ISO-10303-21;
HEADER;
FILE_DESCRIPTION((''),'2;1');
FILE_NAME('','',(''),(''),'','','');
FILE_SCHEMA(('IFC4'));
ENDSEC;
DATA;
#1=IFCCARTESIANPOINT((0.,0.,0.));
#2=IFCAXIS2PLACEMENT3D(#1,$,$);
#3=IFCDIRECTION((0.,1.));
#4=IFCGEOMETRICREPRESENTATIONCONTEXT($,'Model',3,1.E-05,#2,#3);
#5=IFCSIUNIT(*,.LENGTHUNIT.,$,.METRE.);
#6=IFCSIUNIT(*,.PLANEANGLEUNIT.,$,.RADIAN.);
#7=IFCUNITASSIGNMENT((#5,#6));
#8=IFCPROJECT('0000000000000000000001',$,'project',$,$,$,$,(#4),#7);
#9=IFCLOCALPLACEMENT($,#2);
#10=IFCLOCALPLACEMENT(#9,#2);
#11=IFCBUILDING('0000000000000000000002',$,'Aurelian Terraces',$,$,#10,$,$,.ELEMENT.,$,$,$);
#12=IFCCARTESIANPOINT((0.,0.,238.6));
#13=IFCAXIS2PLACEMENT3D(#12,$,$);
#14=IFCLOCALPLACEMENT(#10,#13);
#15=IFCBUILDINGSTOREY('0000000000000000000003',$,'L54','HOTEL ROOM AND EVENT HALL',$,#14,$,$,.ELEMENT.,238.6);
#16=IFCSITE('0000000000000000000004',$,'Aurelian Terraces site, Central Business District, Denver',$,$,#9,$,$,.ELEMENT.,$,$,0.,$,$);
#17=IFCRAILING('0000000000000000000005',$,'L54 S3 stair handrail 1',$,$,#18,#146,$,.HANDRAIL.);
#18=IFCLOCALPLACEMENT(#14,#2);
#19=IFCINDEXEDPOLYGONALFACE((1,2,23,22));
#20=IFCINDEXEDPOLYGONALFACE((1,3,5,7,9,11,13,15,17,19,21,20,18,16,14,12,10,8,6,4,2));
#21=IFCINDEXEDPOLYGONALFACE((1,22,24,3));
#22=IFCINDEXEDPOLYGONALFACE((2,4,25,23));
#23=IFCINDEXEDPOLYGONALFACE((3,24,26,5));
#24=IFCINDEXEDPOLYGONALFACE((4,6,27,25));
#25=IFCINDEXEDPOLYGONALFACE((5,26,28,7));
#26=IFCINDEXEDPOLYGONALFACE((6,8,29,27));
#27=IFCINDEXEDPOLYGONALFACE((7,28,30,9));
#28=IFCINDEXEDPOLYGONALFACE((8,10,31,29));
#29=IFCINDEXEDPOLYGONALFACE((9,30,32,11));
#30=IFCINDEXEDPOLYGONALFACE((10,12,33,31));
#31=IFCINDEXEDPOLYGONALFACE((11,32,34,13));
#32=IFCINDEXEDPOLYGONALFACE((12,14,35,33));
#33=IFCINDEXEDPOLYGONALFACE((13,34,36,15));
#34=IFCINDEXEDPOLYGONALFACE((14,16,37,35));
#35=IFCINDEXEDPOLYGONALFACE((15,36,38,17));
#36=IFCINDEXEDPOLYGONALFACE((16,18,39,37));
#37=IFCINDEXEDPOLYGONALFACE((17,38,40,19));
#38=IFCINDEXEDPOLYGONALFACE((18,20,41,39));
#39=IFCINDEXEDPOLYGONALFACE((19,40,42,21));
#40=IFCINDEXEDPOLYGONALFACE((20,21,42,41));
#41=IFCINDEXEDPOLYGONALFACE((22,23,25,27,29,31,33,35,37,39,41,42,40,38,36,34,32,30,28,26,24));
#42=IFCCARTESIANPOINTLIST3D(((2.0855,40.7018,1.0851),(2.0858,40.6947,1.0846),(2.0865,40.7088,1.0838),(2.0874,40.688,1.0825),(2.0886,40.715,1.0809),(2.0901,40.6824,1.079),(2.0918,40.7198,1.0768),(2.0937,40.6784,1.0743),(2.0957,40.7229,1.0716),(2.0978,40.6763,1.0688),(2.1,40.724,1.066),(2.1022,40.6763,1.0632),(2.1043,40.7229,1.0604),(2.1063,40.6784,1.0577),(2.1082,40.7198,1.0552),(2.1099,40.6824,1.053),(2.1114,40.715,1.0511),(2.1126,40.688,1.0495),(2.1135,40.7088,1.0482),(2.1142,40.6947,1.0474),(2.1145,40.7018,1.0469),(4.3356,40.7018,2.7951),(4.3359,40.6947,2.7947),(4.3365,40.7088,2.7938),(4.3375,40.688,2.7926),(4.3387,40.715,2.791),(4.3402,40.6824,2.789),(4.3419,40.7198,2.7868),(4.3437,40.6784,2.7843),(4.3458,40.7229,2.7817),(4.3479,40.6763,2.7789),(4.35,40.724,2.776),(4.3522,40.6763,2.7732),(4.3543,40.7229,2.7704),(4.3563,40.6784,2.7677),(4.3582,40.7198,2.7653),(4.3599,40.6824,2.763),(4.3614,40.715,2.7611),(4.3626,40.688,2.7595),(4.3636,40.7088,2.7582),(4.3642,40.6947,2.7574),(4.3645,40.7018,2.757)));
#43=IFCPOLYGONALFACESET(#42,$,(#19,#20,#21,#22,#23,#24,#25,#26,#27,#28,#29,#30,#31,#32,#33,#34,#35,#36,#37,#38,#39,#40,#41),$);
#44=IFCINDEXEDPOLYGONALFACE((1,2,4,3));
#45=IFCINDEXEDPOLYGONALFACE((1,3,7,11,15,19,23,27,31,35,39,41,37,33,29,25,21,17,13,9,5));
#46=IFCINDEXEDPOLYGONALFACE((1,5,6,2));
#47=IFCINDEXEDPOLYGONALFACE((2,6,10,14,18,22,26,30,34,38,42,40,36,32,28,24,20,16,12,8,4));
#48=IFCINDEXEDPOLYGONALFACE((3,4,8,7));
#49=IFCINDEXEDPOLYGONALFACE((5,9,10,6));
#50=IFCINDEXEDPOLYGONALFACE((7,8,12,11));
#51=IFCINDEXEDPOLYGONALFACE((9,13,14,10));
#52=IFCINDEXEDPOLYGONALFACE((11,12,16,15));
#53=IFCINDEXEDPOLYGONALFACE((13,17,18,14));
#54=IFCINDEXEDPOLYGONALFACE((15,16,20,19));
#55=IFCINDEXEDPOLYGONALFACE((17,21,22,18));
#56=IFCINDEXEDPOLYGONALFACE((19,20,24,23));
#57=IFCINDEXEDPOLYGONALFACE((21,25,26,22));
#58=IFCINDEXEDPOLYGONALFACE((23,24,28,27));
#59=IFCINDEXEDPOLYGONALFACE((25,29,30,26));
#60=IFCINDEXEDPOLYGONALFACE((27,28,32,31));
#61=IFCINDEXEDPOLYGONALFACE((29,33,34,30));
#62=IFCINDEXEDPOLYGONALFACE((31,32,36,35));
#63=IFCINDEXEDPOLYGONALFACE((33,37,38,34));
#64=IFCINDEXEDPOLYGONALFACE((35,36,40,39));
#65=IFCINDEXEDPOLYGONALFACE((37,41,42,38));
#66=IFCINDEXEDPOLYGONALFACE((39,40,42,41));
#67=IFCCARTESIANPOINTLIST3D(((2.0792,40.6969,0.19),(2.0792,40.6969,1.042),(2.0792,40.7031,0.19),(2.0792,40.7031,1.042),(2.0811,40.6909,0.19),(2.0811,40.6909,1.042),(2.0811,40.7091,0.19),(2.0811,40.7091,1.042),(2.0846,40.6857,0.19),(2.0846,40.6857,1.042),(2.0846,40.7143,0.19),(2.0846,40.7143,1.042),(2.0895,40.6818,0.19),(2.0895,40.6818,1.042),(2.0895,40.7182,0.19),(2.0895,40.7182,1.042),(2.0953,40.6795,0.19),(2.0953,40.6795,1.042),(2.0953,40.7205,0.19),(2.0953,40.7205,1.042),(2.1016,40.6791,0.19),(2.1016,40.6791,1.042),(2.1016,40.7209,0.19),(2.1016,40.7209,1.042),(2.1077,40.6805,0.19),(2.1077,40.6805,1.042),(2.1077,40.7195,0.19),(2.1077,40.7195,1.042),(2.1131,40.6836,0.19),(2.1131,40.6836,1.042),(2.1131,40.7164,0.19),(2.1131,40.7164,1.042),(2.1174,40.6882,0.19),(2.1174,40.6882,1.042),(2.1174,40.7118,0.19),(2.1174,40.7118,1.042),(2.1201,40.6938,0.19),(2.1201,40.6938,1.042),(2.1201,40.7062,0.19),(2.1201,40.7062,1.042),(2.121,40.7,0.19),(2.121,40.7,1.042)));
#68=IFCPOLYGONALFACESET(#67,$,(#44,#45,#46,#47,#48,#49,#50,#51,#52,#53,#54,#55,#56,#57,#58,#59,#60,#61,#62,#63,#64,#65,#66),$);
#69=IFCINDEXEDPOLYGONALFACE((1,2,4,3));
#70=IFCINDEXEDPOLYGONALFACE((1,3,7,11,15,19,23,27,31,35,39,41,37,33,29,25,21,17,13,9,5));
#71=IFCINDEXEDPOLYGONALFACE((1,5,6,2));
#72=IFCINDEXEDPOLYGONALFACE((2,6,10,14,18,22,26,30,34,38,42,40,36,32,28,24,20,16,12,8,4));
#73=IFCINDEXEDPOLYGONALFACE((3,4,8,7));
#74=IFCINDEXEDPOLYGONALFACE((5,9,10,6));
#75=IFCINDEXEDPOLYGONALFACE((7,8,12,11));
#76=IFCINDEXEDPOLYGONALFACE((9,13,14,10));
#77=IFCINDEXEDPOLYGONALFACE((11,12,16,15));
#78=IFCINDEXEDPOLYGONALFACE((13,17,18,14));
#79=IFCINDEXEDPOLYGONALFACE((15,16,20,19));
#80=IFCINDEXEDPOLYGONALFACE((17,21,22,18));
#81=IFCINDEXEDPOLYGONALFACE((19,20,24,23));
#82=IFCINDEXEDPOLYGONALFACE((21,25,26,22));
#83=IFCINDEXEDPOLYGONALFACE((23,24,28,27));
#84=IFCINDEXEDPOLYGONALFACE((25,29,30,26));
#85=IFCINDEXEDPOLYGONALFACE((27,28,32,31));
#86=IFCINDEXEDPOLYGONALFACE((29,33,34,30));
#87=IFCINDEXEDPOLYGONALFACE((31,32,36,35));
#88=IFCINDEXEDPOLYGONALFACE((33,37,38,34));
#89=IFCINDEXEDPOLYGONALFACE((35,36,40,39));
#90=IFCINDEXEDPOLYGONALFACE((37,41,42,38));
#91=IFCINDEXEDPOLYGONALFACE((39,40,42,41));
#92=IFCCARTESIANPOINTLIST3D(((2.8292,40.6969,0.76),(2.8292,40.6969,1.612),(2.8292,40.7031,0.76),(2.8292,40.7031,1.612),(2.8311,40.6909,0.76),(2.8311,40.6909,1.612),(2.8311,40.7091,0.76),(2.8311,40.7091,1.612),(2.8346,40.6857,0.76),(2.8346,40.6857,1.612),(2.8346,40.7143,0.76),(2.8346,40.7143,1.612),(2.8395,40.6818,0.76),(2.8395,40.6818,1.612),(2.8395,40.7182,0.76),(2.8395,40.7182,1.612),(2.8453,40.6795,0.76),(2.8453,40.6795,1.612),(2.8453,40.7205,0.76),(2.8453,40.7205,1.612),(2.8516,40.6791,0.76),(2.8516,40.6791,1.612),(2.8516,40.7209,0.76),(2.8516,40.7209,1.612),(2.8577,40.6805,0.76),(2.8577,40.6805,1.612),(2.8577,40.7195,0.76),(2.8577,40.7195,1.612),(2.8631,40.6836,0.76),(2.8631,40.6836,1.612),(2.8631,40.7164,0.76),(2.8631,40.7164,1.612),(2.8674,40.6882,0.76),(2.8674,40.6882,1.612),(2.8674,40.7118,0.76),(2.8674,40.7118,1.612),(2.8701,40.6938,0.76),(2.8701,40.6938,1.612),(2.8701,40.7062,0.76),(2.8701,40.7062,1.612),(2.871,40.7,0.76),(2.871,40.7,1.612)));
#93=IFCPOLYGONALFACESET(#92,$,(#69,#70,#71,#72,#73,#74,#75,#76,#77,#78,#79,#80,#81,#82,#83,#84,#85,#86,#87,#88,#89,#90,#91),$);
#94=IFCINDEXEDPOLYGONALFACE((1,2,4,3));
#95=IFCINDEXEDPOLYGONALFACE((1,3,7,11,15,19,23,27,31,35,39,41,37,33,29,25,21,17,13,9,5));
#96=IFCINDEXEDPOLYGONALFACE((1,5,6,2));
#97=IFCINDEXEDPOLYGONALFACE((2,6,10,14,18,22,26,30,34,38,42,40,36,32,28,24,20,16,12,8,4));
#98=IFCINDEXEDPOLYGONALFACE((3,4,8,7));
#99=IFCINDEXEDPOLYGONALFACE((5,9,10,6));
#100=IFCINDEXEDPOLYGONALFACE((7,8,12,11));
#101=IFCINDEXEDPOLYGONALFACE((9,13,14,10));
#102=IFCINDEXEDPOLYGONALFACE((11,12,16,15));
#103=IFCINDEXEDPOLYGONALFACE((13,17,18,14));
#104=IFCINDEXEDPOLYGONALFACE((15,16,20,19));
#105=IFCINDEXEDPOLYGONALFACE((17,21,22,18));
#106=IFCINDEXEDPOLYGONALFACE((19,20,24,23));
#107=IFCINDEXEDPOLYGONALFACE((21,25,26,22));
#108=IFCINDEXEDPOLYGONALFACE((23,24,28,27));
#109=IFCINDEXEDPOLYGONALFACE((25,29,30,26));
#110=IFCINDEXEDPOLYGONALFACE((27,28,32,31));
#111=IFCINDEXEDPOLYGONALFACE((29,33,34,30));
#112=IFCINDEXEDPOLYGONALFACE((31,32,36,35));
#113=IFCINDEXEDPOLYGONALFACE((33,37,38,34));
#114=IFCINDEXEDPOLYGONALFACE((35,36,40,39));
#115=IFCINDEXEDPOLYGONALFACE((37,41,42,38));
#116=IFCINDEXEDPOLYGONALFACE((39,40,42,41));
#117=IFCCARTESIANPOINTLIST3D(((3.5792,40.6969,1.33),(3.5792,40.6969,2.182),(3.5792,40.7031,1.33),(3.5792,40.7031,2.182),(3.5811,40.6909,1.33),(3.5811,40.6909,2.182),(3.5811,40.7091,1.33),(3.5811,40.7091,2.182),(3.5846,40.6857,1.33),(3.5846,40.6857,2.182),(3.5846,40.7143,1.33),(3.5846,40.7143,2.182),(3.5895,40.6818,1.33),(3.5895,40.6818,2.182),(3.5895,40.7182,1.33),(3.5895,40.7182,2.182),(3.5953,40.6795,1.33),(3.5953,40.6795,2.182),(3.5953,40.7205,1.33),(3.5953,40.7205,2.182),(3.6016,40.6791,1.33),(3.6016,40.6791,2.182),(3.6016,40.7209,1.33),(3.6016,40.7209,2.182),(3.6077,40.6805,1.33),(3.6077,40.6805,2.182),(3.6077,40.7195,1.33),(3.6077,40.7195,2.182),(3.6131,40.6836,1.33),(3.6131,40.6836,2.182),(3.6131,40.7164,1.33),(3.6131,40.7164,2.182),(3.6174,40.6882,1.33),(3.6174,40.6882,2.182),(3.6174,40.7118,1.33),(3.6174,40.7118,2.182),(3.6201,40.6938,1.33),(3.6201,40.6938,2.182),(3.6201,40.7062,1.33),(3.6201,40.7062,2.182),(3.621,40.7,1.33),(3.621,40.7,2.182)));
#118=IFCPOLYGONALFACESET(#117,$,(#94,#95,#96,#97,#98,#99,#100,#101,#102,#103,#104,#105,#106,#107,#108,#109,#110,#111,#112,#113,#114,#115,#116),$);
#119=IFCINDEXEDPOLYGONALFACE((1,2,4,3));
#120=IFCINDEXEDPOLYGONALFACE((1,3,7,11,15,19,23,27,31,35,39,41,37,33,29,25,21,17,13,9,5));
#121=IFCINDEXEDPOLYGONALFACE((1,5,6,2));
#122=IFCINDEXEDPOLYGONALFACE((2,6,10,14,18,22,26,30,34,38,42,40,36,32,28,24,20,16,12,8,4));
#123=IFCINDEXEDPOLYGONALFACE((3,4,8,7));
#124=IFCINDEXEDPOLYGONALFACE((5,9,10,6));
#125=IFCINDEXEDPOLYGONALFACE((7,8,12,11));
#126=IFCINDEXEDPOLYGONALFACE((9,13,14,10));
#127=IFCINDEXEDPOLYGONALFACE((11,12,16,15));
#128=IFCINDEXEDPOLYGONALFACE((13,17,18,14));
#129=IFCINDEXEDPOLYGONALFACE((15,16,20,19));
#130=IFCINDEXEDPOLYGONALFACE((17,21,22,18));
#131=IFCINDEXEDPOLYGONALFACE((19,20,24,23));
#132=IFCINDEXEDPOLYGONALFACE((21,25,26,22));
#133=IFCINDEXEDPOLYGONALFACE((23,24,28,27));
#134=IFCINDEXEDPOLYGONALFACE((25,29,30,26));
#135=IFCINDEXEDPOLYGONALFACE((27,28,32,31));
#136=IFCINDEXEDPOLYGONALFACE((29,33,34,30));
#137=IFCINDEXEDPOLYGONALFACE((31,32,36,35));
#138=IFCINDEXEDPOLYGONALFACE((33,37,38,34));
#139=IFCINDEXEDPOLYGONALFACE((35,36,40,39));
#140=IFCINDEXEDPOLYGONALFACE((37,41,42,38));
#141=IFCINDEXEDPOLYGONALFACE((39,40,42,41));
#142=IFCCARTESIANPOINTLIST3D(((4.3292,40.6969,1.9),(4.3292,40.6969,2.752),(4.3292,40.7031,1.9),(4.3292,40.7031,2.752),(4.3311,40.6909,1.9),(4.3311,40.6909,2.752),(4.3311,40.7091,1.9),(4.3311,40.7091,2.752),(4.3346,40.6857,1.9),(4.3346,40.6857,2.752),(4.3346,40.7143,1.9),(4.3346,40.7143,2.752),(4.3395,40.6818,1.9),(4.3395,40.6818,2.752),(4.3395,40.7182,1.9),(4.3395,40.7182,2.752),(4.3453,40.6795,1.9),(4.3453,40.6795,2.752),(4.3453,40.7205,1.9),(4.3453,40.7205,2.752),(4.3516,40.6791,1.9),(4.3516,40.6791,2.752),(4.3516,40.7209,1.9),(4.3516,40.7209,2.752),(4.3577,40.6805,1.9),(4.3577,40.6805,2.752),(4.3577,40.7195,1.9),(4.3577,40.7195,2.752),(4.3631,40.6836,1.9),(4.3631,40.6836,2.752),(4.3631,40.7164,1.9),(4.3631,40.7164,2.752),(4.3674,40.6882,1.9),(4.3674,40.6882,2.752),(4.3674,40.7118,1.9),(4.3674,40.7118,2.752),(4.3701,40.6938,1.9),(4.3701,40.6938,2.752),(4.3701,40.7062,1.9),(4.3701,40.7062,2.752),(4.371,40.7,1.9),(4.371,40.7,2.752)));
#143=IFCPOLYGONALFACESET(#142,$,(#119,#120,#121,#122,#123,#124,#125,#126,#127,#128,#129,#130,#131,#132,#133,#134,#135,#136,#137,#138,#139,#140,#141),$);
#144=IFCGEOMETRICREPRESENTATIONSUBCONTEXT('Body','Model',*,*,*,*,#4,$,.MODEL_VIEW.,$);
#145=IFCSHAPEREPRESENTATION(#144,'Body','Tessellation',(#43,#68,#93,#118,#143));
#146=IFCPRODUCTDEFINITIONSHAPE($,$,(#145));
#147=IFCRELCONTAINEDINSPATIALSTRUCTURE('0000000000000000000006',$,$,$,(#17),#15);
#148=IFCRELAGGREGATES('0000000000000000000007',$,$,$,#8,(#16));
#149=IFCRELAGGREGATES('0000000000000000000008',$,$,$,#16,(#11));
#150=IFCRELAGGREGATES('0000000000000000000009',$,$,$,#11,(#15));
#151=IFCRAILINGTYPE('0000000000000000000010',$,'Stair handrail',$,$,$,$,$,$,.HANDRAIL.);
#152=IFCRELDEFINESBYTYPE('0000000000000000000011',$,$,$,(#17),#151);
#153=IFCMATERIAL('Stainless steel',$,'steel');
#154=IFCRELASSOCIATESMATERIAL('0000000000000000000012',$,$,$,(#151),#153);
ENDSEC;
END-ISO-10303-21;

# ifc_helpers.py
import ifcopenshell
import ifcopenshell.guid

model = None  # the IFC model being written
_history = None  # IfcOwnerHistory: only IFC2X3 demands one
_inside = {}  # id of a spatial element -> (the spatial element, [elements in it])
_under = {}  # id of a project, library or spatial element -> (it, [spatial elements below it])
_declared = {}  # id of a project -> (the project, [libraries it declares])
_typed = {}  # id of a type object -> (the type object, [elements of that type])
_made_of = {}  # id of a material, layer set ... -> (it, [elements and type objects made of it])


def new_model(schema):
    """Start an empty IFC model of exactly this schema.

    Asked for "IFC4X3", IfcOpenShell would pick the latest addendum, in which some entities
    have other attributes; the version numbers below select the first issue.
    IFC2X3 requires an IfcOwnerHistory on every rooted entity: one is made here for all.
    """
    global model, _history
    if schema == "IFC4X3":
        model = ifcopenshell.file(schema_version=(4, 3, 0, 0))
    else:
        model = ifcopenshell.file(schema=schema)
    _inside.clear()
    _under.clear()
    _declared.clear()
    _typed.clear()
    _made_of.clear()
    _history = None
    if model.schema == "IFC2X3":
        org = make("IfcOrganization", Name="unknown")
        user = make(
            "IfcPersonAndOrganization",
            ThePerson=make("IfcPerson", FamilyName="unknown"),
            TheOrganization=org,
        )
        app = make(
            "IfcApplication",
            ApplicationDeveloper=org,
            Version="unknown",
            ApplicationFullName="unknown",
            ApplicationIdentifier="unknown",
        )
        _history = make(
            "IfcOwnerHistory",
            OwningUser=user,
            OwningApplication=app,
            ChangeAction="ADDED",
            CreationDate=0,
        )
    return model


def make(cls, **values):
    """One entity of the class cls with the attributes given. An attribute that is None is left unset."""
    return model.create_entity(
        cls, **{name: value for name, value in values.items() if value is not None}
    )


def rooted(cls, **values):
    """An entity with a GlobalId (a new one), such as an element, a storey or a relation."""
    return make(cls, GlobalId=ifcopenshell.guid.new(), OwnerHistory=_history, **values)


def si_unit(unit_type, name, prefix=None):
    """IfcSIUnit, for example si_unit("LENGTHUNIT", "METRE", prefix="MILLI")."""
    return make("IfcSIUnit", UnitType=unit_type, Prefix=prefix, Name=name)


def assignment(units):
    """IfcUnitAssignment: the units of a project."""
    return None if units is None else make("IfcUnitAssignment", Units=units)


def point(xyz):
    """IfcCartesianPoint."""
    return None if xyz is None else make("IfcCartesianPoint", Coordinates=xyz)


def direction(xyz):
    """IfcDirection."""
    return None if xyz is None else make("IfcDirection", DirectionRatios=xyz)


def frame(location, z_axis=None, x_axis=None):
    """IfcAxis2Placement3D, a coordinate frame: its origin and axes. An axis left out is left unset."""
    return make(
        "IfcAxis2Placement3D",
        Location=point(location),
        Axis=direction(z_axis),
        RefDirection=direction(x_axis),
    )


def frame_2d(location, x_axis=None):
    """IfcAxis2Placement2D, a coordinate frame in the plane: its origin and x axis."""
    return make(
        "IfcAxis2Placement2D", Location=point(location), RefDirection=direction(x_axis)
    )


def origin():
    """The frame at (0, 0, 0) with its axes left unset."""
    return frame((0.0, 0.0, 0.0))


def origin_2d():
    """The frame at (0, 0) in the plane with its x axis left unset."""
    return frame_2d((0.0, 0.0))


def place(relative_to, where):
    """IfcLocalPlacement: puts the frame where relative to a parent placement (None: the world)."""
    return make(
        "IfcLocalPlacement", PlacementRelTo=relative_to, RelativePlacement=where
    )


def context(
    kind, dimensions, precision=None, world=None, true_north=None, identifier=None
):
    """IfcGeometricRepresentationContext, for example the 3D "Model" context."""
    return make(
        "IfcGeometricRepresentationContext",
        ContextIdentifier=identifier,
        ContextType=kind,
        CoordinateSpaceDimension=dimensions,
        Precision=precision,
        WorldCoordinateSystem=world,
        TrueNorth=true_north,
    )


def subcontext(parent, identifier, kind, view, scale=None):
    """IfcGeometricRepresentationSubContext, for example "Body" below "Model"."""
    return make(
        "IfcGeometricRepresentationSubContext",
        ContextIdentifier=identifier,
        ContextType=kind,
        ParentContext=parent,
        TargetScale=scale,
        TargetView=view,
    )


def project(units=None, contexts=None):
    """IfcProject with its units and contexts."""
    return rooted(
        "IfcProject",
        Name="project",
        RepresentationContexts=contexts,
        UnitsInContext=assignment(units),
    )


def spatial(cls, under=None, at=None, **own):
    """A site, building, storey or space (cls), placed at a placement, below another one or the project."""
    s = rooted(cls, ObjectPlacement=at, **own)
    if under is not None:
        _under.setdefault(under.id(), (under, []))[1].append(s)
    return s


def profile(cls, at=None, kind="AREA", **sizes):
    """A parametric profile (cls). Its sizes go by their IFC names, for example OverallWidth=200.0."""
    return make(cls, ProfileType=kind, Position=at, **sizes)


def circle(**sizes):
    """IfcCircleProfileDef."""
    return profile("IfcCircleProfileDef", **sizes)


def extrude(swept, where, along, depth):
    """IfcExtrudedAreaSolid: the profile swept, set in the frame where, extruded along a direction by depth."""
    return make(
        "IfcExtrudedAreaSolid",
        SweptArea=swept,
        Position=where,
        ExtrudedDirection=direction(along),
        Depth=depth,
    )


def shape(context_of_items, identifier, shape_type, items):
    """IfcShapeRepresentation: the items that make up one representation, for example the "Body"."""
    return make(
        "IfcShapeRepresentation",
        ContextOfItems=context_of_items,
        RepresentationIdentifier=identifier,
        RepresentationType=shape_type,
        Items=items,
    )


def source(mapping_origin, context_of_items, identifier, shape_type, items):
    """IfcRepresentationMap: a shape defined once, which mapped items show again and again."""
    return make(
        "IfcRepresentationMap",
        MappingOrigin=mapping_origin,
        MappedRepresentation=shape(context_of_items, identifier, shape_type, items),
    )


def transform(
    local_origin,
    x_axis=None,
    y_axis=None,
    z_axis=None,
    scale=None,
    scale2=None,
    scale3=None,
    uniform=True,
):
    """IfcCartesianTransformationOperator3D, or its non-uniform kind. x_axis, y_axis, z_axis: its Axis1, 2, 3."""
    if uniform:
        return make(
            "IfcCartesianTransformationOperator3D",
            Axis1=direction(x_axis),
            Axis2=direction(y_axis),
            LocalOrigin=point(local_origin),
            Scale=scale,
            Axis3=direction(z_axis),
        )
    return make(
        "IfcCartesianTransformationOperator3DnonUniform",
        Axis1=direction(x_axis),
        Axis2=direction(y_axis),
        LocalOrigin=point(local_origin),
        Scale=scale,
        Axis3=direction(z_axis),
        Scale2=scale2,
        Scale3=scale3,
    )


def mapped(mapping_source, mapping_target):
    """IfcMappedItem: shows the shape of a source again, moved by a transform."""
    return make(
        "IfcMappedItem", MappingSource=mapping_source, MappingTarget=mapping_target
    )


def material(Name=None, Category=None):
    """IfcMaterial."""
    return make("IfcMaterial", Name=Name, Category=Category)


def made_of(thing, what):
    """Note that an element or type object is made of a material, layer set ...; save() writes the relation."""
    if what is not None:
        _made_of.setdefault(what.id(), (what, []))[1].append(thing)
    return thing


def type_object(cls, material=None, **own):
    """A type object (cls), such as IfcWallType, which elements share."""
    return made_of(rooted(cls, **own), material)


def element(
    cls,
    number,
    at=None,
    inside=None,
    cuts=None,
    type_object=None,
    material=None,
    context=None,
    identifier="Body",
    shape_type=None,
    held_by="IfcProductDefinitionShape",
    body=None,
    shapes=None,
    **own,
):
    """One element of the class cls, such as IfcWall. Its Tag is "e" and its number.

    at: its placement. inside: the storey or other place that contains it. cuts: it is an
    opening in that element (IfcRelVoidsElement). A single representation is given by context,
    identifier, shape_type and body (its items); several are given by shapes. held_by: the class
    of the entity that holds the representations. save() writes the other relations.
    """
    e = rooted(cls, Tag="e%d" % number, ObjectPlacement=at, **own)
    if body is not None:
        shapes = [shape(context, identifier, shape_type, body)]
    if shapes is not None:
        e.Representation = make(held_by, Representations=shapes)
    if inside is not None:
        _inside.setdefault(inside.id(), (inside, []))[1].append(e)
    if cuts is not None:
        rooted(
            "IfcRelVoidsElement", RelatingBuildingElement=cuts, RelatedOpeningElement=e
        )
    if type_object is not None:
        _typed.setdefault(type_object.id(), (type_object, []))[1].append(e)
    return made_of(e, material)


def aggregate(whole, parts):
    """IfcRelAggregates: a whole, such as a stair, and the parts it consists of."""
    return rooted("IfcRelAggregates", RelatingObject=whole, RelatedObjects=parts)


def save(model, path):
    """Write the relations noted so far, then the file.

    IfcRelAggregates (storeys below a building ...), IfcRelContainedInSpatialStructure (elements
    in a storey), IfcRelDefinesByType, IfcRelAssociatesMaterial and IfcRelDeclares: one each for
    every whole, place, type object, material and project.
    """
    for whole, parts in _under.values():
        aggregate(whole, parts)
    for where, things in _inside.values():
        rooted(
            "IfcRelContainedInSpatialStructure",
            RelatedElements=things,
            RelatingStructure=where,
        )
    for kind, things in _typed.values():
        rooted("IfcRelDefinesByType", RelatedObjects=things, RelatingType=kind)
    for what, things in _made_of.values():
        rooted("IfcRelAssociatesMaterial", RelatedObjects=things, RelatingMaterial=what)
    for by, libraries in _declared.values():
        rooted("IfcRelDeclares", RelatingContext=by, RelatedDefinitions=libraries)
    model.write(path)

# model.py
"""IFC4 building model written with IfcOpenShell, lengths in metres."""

from ifc_helpers import new_model, si_unit, direction, frame, origin, origin_2d, place, context, subcontext, project, spatial, circle, extrude, source, transform, mapped, material, type_object, element, save


model = new_model("IFC4")

# Units and contexts
model_context = context("Model", 3, precision=1e-05, world=origin(), true_north=direction((0.0, 1.0)))
body_context = subcontext(model_context, "Body", "Model", "MODEL_VIEW")
ifc_project = project(units=[si_unit("LENGTHUNIT", "METRE"), si_unit("PLANEANGLEUNIT", "RADIAN")], contexts=[model_context])

# Site, building, storey
site_placement = place(None, origin())
site = spatial("IfcSite", under=ifc_project, at=site_placement, Name="Aurelian Terraces site, Central Business District, Denver", CompositionType="ELEMENT", RefElevation=0.0)
building_placement = place(site_placement, origin())
building = spatial("IfcBuilding", under=site, at=building_placement, Name="Aurelian Terraces", CompositionType="ELEMENT")
storey_placement = place(building_placement, frame((0.0, 0.0, 238.6)))
storey = spatial("IfcBuildingStorey", under=building, at=storey_placement, Name="L54", Description="HOTEL ROOM AND EVENT HALL", CompositionType="ELEMENT", Elevation=238.6)

# Railing
ifc_material_1 = material(Name="Stainless steel", Category="steel")
railing_type_1 = type_object("IfcRailingType", Name="Stair handrail", PredefinedType="HANDRAIL", material=ifc_material_1)
shared_shape_1 = source(origin(), body_context, "Body", "SweptSolid", [
    extrude(circle(Radius=0.024, at=origin_2d()), frame((0.0, 0.0, 0.876), z_axis=(0.796162, 0.0, 0.605083), x_axis=(0.0, 1.0, 0.0)), (0.0, 0.0, 1.0), 2.8261),
    extrude(circle(Radius=0.021, at=origin_2d()), origin(), (0.0, 0.0, 1.0), 0.852),
    extrude(circle(Radius=0.021, at=origin_2d()), frame((0.75, 0.0, 0.57)), (0.0, 0.0, 1.0), 0.852),
    extrude(circle(Radius=0.021, at=origin_2d()), frame((1.5, 0.0, 1.14)), (0.0, 0.0, 1.0), 0.852),
    extrude(circle(Radius=0.021, at=origin_2d()), frame((2.25, 0.0, 1.71)), (0.0, 0.0, 1.0), 0.852),
])
railing_1_placement = place(storey_placement, frame((2.1, 40.7, 0.19)))
element("IfcRailing", 1, at=railing_1_placement, inside=storey, type_object=railing_type_1, Name="L54 S3 stair handrail 1", PredefinedType="HANDRAIL", context=body_context, shape_type="MappedRepresentation", body=[
    mapped(shared_shape_1, transform((0.0, 0.0, 0.0), scale=1.0)),
])

save(model, "model.ifc")
